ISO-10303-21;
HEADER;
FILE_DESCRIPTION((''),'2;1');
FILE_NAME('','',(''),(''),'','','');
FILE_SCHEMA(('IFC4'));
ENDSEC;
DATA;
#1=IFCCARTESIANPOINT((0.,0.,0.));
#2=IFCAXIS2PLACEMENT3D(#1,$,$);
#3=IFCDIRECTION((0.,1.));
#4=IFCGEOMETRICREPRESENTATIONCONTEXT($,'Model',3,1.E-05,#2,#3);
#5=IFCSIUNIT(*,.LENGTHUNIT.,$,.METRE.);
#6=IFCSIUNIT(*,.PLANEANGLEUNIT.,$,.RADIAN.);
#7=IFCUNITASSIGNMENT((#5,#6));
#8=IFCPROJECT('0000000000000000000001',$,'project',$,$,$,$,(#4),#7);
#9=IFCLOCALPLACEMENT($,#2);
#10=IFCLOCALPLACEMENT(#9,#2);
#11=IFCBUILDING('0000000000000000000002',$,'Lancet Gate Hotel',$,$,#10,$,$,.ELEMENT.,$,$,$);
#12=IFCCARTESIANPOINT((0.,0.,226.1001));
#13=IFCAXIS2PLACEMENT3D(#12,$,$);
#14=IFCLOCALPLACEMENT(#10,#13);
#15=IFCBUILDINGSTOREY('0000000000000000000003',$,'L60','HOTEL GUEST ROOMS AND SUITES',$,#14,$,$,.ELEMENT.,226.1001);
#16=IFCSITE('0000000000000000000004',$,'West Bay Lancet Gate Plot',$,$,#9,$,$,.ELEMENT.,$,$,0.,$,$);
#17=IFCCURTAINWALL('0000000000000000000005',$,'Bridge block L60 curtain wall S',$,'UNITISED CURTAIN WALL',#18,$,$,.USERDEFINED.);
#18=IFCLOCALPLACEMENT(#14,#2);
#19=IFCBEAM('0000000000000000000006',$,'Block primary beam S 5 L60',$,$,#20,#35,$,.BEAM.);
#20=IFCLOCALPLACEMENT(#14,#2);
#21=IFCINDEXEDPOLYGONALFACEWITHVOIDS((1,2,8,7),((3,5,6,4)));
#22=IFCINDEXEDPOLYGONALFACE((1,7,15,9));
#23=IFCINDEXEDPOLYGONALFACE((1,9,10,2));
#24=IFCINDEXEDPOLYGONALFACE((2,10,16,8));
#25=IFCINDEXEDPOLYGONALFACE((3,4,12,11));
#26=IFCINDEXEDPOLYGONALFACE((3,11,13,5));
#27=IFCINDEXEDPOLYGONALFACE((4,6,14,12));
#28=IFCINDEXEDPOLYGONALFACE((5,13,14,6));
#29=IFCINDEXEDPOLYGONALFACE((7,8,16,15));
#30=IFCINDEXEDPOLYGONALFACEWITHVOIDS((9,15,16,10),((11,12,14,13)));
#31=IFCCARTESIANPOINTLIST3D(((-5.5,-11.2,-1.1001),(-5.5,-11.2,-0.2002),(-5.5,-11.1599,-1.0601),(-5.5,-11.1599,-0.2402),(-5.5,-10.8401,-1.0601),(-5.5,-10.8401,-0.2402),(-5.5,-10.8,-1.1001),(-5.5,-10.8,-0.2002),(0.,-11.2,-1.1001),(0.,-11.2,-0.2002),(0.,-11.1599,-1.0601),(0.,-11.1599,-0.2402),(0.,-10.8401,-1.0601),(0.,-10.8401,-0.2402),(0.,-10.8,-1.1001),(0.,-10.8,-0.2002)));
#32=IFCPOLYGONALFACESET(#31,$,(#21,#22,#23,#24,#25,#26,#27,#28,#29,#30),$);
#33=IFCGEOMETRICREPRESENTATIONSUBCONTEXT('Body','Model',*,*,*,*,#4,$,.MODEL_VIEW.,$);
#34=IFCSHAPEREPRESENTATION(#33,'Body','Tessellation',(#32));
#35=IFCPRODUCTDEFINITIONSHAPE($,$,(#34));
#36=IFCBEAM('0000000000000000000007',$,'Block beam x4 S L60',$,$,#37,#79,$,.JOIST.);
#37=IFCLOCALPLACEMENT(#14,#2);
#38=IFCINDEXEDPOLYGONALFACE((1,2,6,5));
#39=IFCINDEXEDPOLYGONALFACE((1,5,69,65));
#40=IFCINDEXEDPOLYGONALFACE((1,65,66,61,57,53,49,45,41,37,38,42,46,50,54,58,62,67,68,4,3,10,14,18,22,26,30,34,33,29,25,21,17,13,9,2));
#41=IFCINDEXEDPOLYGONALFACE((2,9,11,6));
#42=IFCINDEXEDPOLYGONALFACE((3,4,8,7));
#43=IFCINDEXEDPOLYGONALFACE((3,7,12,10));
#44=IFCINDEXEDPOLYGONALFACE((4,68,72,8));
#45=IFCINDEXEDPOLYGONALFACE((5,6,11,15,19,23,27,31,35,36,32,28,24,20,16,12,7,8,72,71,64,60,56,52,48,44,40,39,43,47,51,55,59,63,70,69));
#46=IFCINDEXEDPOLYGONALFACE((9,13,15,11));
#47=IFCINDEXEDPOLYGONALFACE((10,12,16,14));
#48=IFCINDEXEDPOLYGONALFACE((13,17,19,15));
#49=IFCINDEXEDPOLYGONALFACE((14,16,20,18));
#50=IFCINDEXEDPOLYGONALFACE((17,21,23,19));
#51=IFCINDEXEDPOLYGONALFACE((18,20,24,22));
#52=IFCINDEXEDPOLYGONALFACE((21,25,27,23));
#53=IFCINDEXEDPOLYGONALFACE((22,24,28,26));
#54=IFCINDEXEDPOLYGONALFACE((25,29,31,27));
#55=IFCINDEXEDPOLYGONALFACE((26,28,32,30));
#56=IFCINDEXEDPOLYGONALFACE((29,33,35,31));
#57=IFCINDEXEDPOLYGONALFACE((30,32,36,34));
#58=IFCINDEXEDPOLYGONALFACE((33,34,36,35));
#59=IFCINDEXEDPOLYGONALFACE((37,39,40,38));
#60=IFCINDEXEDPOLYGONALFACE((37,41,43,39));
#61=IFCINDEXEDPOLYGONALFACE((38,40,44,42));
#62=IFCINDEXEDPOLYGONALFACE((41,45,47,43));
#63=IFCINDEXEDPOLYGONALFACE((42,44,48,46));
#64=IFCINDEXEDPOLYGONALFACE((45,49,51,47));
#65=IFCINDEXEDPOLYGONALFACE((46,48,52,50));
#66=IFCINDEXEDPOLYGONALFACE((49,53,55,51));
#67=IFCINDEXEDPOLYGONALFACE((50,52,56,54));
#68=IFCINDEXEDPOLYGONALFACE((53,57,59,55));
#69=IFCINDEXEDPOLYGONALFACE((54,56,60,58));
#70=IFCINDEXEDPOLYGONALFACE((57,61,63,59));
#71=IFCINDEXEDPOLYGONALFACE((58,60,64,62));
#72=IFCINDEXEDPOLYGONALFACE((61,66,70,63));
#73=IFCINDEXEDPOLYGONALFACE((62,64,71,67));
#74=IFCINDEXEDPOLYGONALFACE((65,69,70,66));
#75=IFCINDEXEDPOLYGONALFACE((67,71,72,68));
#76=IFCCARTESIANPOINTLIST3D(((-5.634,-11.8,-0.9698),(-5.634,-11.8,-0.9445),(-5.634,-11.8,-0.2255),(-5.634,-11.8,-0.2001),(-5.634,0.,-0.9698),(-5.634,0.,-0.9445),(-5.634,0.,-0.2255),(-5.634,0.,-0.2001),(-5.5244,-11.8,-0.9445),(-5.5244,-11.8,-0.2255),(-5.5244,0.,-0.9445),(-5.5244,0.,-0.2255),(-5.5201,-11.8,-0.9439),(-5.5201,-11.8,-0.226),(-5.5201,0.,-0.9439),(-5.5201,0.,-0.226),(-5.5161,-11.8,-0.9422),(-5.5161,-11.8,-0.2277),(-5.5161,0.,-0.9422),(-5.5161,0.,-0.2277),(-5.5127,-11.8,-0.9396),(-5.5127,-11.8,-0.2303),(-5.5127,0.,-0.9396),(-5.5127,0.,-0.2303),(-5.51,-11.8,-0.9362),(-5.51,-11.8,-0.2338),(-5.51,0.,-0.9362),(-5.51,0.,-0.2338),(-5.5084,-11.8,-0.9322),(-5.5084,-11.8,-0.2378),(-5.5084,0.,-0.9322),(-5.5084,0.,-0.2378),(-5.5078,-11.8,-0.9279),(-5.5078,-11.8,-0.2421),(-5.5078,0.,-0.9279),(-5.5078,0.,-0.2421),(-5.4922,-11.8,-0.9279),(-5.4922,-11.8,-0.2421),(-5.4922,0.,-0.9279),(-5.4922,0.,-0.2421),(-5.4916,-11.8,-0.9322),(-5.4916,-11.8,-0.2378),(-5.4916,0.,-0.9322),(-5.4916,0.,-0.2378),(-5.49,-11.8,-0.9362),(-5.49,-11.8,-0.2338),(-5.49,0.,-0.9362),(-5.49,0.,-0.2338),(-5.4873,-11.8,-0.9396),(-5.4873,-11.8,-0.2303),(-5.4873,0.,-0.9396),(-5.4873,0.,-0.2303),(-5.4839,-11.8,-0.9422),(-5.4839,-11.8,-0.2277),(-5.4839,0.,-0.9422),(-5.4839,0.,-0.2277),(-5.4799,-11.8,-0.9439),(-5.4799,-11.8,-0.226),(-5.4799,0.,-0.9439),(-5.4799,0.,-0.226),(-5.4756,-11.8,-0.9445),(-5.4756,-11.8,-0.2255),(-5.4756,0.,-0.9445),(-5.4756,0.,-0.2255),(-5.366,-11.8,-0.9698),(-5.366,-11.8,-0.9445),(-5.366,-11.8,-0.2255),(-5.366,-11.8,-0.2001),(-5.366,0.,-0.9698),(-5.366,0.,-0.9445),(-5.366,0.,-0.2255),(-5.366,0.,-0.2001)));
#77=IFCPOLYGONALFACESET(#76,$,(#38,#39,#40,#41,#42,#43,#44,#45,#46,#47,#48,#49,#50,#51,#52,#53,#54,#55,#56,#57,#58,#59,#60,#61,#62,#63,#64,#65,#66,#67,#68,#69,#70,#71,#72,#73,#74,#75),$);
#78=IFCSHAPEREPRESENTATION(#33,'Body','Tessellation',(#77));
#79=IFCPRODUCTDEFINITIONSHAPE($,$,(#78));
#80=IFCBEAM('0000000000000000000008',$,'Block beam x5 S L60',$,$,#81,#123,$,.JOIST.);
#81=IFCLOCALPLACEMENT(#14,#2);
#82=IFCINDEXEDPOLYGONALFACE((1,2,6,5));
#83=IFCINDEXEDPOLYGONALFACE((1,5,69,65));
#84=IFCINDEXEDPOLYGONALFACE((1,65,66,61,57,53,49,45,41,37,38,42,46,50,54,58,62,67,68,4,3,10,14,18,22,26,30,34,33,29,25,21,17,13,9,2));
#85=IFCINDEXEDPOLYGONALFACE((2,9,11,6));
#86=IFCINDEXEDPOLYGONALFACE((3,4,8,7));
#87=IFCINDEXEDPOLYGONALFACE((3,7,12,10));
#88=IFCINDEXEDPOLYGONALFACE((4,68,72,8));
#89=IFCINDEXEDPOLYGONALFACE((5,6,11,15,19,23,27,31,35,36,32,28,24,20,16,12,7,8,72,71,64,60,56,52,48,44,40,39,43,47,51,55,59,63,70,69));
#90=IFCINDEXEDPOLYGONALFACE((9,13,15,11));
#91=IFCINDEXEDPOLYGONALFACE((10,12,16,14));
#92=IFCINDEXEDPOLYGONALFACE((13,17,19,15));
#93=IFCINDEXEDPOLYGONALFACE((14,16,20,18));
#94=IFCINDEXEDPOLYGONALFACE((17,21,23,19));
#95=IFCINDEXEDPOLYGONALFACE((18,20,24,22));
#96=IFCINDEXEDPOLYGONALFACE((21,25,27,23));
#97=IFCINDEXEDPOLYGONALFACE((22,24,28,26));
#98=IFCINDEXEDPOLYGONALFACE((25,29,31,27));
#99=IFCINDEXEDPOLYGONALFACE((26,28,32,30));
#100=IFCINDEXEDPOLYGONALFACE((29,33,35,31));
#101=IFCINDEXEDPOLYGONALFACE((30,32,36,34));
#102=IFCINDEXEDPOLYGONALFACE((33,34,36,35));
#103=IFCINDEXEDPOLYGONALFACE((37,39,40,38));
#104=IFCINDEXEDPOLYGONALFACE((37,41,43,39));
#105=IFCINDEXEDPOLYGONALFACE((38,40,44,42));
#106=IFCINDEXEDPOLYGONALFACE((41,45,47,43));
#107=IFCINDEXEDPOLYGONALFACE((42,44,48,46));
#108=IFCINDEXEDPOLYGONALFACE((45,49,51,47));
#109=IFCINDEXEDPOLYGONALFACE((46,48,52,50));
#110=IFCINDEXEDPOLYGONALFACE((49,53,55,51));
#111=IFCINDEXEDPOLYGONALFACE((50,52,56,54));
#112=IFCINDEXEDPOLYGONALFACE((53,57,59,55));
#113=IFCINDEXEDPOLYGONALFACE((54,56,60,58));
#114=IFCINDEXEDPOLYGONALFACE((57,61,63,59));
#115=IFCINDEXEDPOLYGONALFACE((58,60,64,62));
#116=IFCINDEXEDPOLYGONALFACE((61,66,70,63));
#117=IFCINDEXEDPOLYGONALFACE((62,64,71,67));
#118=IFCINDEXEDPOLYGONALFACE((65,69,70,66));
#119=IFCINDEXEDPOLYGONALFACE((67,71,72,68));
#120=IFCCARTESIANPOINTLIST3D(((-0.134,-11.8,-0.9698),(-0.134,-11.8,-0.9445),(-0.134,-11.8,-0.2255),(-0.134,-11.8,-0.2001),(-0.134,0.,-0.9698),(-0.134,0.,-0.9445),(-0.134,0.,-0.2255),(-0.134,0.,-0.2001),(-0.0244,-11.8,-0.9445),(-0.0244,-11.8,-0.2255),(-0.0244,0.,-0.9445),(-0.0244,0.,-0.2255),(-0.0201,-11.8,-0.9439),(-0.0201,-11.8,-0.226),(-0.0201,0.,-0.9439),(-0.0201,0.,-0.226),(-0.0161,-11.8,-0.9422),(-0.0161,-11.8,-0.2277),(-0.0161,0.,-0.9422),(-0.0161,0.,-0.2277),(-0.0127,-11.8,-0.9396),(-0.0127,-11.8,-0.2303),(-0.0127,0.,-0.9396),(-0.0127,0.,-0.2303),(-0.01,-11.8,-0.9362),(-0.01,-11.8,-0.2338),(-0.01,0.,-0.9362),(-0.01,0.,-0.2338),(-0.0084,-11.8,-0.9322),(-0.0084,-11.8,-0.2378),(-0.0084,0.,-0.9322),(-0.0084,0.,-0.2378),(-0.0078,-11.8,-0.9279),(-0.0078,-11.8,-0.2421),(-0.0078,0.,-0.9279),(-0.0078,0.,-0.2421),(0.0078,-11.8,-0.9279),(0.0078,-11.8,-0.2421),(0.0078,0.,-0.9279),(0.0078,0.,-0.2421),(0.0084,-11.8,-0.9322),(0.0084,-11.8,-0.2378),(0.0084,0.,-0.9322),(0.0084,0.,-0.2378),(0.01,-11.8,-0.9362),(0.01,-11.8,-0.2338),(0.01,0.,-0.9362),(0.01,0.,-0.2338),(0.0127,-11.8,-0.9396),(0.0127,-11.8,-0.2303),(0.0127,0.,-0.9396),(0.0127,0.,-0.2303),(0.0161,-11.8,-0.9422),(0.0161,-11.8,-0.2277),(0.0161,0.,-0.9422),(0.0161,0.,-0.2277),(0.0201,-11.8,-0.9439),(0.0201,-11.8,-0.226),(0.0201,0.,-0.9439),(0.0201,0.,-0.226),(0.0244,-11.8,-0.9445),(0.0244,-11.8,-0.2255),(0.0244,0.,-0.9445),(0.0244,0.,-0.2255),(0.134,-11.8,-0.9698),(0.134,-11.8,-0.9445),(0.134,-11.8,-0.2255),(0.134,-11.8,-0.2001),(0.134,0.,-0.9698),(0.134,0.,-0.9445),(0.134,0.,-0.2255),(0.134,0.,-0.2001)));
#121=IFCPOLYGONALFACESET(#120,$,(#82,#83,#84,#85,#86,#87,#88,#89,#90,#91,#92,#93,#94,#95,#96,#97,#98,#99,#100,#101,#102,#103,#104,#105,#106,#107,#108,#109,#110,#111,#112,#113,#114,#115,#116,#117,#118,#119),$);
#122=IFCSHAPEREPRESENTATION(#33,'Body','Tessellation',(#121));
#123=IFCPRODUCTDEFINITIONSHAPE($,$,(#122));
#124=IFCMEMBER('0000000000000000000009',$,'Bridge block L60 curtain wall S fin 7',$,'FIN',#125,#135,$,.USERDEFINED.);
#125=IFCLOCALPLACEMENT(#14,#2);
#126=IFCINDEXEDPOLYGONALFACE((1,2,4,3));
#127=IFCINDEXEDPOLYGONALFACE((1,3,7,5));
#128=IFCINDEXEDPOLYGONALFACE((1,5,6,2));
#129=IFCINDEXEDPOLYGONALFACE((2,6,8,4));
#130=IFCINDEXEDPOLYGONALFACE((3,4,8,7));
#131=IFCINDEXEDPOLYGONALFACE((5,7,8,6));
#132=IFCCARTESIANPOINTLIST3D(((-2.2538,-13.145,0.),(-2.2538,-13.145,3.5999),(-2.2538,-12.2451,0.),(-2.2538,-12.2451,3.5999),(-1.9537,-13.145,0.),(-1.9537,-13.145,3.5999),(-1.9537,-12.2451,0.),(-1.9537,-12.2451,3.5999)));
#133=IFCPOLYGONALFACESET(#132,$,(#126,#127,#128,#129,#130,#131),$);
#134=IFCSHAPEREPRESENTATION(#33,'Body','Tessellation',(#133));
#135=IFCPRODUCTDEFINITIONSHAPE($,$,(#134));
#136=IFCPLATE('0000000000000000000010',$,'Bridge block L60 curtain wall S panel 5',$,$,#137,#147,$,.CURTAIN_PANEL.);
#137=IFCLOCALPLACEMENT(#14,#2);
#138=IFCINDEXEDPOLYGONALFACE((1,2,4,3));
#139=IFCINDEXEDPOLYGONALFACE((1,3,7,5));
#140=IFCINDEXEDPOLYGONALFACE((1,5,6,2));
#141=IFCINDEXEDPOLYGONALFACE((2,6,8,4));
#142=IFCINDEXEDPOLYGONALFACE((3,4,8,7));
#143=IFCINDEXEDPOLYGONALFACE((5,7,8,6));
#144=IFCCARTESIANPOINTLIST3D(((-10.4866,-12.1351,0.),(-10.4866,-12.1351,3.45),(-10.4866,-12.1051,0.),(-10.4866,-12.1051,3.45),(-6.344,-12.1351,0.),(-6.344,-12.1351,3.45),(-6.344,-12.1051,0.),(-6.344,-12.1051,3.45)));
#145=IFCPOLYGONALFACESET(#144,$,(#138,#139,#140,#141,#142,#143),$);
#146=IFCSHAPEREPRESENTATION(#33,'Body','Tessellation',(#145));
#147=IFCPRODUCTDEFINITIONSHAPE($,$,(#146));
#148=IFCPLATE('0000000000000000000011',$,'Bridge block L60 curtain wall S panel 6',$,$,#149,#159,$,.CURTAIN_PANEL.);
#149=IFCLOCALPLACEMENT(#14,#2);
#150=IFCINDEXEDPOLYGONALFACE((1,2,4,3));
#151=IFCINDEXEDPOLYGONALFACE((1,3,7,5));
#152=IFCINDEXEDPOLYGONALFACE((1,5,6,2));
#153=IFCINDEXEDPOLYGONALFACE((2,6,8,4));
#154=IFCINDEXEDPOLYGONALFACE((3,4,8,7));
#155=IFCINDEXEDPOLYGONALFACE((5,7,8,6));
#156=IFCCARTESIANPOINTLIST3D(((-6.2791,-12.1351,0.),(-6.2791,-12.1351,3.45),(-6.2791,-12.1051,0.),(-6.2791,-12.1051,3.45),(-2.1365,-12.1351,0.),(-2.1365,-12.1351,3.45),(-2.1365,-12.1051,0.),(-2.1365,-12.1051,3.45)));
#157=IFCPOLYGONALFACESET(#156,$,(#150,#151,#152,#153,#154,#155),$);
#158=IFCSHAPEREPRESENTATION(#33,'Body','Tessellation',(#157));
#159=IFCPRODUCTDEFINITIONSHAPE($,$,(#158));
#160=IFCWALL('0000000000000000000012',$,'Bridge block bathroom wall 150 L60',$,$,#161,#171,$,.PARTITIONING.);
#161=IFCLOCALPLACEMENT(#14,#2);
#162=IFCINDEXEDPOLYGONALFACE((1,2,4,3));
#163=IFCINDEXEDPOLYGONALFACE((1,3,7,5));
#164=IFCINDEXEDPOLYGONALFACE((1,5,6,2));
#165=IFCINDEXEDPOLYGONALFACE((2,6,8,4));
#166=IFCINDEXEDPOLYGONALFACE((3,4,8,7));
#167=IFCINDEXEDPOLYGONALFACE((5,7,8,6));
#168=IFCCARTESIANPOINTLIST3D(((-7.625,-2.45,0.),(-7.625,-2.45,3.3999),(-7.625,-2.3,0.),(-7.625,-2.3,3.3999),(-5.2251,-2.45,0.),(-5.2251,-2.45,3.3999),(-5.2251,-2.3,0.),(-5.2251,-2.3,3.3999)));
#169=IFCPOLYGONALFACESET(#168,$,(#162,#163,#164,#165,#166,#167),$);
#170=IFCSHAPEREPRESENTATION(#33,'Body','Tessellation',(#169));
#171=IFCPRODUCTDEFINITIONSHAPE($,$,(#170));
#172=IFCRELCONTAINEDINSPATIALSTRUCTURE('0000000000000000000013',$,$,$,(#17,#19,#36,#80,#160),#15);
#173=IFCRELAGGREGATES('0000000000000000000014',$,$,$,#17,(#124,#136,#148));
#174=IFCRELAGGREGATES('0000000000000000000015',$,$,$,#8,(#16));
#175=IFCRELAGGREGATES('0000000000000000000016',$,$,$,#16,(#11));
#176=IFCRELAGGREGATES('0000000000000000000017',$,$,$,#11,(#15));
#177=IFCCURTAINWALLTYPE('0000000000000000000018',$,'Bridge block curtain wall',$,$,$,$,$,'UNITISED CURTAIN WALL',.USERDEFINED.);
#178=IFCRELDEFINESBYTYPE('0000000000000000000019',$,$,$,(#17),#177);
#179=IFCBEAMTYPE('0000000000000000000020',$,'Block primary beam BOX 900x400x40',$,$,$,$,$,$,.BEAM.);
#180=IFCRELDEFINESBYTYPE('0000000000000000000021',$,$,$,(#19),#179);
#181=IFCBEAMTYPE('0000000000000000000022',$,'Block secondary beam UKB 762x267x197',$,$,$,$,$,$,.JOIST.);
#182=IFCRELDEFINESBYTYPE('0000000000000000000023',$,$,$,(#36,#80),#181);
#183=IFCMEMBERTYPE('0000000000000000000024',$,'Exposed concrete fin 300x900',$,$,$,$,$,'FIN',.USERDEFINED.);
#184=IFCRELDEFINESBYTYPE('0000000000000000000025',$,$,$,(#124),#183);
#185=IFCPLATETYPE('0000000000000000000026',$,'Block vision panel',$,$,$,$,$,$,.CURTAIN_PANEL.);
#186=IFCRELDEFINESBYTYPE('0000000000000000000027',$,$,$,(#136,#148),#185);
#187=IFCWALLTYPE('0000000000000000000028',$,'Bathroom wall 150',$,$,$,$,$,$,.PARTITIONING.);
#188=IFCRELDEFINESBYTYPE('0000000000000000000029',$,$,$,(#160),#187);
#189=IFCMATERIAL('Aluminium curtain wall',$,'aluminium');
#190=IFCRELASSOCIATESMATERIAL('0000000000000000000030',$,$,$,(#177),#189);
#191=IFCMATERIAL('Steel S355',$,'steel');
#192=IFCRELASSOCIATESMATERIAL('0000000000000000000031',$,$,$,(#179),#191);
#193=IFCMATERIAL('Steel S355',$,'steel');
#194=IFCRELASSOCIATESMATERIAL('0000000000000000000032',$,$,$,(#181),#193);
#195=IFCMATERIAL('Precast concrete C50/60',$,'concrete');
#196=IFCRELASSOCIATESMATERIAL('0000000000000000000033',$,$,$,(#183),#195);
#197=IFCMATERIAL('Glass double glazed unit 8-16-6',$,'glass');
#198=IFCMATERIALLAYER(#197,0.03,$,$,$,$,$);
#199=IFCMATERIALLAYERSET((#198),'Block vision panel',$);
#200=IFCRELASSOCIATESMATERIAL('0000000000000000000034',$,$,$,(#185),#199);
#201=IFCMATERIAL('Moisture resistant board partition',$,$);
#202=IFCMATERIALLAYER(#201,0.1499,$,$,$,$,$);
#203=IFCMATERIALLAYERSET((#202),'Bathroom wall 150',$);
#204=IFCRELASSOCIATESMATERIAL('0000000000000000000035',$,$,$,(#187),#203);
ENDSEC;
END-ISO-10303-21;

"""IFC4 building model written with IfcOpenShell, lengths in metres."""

from ifc_helpers import new_model, si_unit, direction, frame, frame_2d, origin, origin_2d, place, context, subcontext, project, spatial, rectangle, hollow_rectangle, i_section, extrude, material, layer, layer_set, material_profile, profile_set, type_object, element, aggregate, save


model = new_model("IFC4")

# Units and contexts
model_context = context("Model", 3, precision=1e-05, world=origin(), true_north=direction((0.0, 1.0)))
body_context = subcontext(model_context, "Body", "Model", "MODEL_VIEW")
ifc_project = project(units=[si_unit("LENGTHUNIT", "METRE"), si_unit("PLANEANGLEUNIT", "RADIAN")], contexts=[model_context])

# Site, building, storey
site_placement = place(None, origin())
site = spatial("IfcSite", under=ifc_project, at=site_placement, Name="West Bay Lancet Gate Plot", CompositionType="ELEMENT", RefElevation=0.0)
building_placement = place(site_placement, origin())
building = spatial("IfcBuilding", under=site, at=building_placement, Name="Lancet Gate Hotel", CompositionType="ELEMENT")
storey_placement = place(building_placement, frame((0.0, 0.0, 226.1001)))
storey = spatial("IfcBuildingStorey", under=building, at=storey_placement, Name="L60", Description="HOTEL GUEST ROOMS AND SUITES", CompositionType="ELEMENT", Elevation=226.1001)

# Curtain wall
ifc_material_1 = material(Name="Aluminium curtain wall", Category="aluminium")
curtain_wall_type = type_object("IfcCurtainWallType", Name="Bridge block curtain wall", ElementType="UNITISED CURTAIN WALL", PredefinedType="USERDEFINED", material=ifc_material_1)
curtain_wall_placement = place(storey_placement, origin())
curtain_wall = element("IfcCurtainWall", 1, at=curtain_wall_placement, inside=storey, type_object=curtain_wall_type, Name="Bridge block L60 curtain wall S", ObjectType="UNITISED CURTAIN WALL", PredefinedType="USERDEFINED")

# Beams
ifc_material_2 = material(Name="Steel S355", Category="steel")
ifc_material_profile_1 = material_profile(ifc_material_2, hollow_rectangle(XDim=0.3999, YDim=0.8999, WallThickness=0.04, at=origin_2d()), Name="BOX 900x400x40")
ifc_profile_set_1 = profile_set([ifc_material_profile_1], Name="Steel S355")
beam_type_1 = type_object("IfcBeamType", Name="Block primary beam BOX 900x400x40", PredefinedType="BEAM", material=ifc_profile_set_1)
beam_1_placement = place(storey_placement, frame((-5.5, -11.0, -0.6501), z_axis=(1.0, 0.0, 0.0), x_axis=(0.0, 1.0, 0.0)))
element("IfcBeam", 2, at=beam_1_placement, inside=storey, type_object=beam_type_1, Name="Block primary beam S 5 L60", PredefinedType="BEAM", context=body_context, shape_type="SweptSolid", body=[
    extrude(hollow_rectangle(XDim=0.3999, YDim=0.8999, WallThickness=0.04, at=origin_2d()), origin(), (0.0, 0.0, 1.0), 5.5),
])
ifc_material_3 = material(Name="Steel S355", Category="steel")
ifc_material_profile_2 = material_profile(ifc_material_3, i_section(OverallWidth=0.2681, OverallDepth=0.7698, WebThickness=0.0156, FlangeThickness=0.0254, FilletRadius=0.0166, at=origin_2d()), Name="UKB 762x267x197")
ifc_profile_set_2 = profile_set([ifc_material_profile_2], Name="Steel S355")
beam_type_2 = type_object("IfcBeamType", Name="Block secondary beam UKB 762x267x197", PredefinedType="JOIST", material=ifc_profile_set_2)
for number, where, z_axis, x_axis, name in (
    (3, (-5.5, -11.8, -0.585), (0.0, 1.0, 0.0), (-1.0, 0.0, 0.0), "Block beam x4 S L60"),
    (4, (0.0, -11.8, -0.585), (0.0, 1.0, 0.0), (-1.0, 0.0, 0.0), "Block beam x5 S L60"),
):
    element("IfcBeam", number, at=place(storey_placement, frame(where, z_axis=z_axis, x_axis=x_axis)), inside=storey, type_object=beam_type_2, Name=name, PredefinedType="JOIST", context=body_context, shape_type="SweptSolid", body=[
        extrude(i_section(OverallWidth=0.2681, OverallDepth=0.7698, WebThickness=0.0156, FlangeThickness=0.0254, FilletRadius=0.0166, at=origin_2d()), origin(), (0.0, 0.0, 1.0), 11.8),
    ])

# Member
ifc_material_4 = material(Name="Precast concrete C50/60", Category="concrete")
ifc_material_profile_3 = material_profile(ifc_material_4, rectangle(XDim=0.3, YDim=0.8999, at=origin_2d()), Name="FIN 300x900")
ifc_profile_set_3 = profile_set([ifc_material_profile_3], Name="Precast concrete C50/60")
member_type_1 = type_object("IfcMemberType", Name="Exposed concrete fin 300x900", ElementType="FIN", PredefinedType="USERDEFINED", material=ifc_profile_set_3)
member_1_placement = place(storey_placement, frame((-2.1038, -12.6951, 0.0), z_axis=(0.0, 0.0, 1.0), x_axis=(1.0, 0.0, 0.0)))
member_1 = element("IfcMember", 5, at=member_1_placement, type_object=member_type_1, Name="Bridge block L60 curtain wall S fin 7", ObjectType="FIN", PredefinedType="USERDEFINED", context=body_context, shape_type="SweptSolid", body=[
    extrude(rectangle(XDim=0.3, YDim=0.8999, at=origin_2d()), origin(), (0.0, 0.0, 1.0), 3.5999),
])

# Plates
ifc_material_5 = material(Name="Glass double glazed unit 8-16-6", Category="glass")
ifc_layer_1 = layer(ifc_material_5, 0.03)
ifc_layer_set_1 = layer_set([ifc_layer_1], Name="Block vision panel")
plate_type = type_object("IfcPlateType", Name="Block vision panel", PredefinedType="CURTAIN_PANEL", material=ifc_layer_set_1)
plate_1_placement = place(storey_placement, frame((-8.4153, -12.1201, 0.0), z_axis=(0.0, 0.0, 1.0), x_axis=(1.0, 0.0, 0.0)))
plate_1 = element("IfcPlate", 6, at=plate_1_placement, type_object=plate_type, Name="Bridge block L60 curtain wall S panel 5", PredefinedType="CURTAIN_PANEL", context=body_context, shape_type="SweptSolid", body=[
    extrude(rectangle(XDim=4.1426, YDim=0.03, at=origin_2d()), origin(), (0.0, 0.0, 1.0), 3.45),
])
plate_2_placement = place(storey_placement, frame((-4.2078, -12.1201, 0.0), z_axis=(0.0, 0.0, 1.0), x_axis=(1.0, 0.0, 0.0)))
plate_2 = element("IfcPlate", 7, at=plate_2_placement, type_object=plate_type, Name="Bridge block L60 curtain wall S panel 6", PredefinedType="CURTAIN_PANEL", context=body_context, shape_type="SweptSolid", body=[
    extrude(rectangle(XDim=4.1426, YDim=0.03, at=origin_2d()), origin(), (0.0, 0.0, 1.0), 3.45),
])
aggregate(curtain_wall, [member_1, plate_1, plate_2])

# Wall
ifc_material_6 = material(Name="Moisture resistant board partition")
ifc_layer_2 = layer(ifc_material_6, 0.1499)
ifc_layer_set_2 = layer_set([ifc_layer_2], Name="Bathroom wall 150")
wall_type_1 = type_object("IfcWallType", Name="Bathroom wall 150", PredefinedType="PARTITIONING", material=ifc_layer_set_2)
wall_1_placement = place(storey_placement, frame((-7.625, -2.375, 0.0), z_axis=(0.0, 0.0, 1.0), x_axis=(1.0, 0.0, 0.0)))
element("IfcWall", 8, at=wall_1_placement, inside=storey, type_object=wall_type_1, Name="Bridge block bathroom wall 150 L60", PredefinedType="PARTITIONING", context=body_context, shape_type="SweptSolid", body=[
    extrude(rectangle(XDim=2.3999, YDim=0.1499, at=frame_2d((1.2, 0.0))), origin(), (0.0, 0.0, 1.0), 3.3999),
])

save(model, "model.ifc")
